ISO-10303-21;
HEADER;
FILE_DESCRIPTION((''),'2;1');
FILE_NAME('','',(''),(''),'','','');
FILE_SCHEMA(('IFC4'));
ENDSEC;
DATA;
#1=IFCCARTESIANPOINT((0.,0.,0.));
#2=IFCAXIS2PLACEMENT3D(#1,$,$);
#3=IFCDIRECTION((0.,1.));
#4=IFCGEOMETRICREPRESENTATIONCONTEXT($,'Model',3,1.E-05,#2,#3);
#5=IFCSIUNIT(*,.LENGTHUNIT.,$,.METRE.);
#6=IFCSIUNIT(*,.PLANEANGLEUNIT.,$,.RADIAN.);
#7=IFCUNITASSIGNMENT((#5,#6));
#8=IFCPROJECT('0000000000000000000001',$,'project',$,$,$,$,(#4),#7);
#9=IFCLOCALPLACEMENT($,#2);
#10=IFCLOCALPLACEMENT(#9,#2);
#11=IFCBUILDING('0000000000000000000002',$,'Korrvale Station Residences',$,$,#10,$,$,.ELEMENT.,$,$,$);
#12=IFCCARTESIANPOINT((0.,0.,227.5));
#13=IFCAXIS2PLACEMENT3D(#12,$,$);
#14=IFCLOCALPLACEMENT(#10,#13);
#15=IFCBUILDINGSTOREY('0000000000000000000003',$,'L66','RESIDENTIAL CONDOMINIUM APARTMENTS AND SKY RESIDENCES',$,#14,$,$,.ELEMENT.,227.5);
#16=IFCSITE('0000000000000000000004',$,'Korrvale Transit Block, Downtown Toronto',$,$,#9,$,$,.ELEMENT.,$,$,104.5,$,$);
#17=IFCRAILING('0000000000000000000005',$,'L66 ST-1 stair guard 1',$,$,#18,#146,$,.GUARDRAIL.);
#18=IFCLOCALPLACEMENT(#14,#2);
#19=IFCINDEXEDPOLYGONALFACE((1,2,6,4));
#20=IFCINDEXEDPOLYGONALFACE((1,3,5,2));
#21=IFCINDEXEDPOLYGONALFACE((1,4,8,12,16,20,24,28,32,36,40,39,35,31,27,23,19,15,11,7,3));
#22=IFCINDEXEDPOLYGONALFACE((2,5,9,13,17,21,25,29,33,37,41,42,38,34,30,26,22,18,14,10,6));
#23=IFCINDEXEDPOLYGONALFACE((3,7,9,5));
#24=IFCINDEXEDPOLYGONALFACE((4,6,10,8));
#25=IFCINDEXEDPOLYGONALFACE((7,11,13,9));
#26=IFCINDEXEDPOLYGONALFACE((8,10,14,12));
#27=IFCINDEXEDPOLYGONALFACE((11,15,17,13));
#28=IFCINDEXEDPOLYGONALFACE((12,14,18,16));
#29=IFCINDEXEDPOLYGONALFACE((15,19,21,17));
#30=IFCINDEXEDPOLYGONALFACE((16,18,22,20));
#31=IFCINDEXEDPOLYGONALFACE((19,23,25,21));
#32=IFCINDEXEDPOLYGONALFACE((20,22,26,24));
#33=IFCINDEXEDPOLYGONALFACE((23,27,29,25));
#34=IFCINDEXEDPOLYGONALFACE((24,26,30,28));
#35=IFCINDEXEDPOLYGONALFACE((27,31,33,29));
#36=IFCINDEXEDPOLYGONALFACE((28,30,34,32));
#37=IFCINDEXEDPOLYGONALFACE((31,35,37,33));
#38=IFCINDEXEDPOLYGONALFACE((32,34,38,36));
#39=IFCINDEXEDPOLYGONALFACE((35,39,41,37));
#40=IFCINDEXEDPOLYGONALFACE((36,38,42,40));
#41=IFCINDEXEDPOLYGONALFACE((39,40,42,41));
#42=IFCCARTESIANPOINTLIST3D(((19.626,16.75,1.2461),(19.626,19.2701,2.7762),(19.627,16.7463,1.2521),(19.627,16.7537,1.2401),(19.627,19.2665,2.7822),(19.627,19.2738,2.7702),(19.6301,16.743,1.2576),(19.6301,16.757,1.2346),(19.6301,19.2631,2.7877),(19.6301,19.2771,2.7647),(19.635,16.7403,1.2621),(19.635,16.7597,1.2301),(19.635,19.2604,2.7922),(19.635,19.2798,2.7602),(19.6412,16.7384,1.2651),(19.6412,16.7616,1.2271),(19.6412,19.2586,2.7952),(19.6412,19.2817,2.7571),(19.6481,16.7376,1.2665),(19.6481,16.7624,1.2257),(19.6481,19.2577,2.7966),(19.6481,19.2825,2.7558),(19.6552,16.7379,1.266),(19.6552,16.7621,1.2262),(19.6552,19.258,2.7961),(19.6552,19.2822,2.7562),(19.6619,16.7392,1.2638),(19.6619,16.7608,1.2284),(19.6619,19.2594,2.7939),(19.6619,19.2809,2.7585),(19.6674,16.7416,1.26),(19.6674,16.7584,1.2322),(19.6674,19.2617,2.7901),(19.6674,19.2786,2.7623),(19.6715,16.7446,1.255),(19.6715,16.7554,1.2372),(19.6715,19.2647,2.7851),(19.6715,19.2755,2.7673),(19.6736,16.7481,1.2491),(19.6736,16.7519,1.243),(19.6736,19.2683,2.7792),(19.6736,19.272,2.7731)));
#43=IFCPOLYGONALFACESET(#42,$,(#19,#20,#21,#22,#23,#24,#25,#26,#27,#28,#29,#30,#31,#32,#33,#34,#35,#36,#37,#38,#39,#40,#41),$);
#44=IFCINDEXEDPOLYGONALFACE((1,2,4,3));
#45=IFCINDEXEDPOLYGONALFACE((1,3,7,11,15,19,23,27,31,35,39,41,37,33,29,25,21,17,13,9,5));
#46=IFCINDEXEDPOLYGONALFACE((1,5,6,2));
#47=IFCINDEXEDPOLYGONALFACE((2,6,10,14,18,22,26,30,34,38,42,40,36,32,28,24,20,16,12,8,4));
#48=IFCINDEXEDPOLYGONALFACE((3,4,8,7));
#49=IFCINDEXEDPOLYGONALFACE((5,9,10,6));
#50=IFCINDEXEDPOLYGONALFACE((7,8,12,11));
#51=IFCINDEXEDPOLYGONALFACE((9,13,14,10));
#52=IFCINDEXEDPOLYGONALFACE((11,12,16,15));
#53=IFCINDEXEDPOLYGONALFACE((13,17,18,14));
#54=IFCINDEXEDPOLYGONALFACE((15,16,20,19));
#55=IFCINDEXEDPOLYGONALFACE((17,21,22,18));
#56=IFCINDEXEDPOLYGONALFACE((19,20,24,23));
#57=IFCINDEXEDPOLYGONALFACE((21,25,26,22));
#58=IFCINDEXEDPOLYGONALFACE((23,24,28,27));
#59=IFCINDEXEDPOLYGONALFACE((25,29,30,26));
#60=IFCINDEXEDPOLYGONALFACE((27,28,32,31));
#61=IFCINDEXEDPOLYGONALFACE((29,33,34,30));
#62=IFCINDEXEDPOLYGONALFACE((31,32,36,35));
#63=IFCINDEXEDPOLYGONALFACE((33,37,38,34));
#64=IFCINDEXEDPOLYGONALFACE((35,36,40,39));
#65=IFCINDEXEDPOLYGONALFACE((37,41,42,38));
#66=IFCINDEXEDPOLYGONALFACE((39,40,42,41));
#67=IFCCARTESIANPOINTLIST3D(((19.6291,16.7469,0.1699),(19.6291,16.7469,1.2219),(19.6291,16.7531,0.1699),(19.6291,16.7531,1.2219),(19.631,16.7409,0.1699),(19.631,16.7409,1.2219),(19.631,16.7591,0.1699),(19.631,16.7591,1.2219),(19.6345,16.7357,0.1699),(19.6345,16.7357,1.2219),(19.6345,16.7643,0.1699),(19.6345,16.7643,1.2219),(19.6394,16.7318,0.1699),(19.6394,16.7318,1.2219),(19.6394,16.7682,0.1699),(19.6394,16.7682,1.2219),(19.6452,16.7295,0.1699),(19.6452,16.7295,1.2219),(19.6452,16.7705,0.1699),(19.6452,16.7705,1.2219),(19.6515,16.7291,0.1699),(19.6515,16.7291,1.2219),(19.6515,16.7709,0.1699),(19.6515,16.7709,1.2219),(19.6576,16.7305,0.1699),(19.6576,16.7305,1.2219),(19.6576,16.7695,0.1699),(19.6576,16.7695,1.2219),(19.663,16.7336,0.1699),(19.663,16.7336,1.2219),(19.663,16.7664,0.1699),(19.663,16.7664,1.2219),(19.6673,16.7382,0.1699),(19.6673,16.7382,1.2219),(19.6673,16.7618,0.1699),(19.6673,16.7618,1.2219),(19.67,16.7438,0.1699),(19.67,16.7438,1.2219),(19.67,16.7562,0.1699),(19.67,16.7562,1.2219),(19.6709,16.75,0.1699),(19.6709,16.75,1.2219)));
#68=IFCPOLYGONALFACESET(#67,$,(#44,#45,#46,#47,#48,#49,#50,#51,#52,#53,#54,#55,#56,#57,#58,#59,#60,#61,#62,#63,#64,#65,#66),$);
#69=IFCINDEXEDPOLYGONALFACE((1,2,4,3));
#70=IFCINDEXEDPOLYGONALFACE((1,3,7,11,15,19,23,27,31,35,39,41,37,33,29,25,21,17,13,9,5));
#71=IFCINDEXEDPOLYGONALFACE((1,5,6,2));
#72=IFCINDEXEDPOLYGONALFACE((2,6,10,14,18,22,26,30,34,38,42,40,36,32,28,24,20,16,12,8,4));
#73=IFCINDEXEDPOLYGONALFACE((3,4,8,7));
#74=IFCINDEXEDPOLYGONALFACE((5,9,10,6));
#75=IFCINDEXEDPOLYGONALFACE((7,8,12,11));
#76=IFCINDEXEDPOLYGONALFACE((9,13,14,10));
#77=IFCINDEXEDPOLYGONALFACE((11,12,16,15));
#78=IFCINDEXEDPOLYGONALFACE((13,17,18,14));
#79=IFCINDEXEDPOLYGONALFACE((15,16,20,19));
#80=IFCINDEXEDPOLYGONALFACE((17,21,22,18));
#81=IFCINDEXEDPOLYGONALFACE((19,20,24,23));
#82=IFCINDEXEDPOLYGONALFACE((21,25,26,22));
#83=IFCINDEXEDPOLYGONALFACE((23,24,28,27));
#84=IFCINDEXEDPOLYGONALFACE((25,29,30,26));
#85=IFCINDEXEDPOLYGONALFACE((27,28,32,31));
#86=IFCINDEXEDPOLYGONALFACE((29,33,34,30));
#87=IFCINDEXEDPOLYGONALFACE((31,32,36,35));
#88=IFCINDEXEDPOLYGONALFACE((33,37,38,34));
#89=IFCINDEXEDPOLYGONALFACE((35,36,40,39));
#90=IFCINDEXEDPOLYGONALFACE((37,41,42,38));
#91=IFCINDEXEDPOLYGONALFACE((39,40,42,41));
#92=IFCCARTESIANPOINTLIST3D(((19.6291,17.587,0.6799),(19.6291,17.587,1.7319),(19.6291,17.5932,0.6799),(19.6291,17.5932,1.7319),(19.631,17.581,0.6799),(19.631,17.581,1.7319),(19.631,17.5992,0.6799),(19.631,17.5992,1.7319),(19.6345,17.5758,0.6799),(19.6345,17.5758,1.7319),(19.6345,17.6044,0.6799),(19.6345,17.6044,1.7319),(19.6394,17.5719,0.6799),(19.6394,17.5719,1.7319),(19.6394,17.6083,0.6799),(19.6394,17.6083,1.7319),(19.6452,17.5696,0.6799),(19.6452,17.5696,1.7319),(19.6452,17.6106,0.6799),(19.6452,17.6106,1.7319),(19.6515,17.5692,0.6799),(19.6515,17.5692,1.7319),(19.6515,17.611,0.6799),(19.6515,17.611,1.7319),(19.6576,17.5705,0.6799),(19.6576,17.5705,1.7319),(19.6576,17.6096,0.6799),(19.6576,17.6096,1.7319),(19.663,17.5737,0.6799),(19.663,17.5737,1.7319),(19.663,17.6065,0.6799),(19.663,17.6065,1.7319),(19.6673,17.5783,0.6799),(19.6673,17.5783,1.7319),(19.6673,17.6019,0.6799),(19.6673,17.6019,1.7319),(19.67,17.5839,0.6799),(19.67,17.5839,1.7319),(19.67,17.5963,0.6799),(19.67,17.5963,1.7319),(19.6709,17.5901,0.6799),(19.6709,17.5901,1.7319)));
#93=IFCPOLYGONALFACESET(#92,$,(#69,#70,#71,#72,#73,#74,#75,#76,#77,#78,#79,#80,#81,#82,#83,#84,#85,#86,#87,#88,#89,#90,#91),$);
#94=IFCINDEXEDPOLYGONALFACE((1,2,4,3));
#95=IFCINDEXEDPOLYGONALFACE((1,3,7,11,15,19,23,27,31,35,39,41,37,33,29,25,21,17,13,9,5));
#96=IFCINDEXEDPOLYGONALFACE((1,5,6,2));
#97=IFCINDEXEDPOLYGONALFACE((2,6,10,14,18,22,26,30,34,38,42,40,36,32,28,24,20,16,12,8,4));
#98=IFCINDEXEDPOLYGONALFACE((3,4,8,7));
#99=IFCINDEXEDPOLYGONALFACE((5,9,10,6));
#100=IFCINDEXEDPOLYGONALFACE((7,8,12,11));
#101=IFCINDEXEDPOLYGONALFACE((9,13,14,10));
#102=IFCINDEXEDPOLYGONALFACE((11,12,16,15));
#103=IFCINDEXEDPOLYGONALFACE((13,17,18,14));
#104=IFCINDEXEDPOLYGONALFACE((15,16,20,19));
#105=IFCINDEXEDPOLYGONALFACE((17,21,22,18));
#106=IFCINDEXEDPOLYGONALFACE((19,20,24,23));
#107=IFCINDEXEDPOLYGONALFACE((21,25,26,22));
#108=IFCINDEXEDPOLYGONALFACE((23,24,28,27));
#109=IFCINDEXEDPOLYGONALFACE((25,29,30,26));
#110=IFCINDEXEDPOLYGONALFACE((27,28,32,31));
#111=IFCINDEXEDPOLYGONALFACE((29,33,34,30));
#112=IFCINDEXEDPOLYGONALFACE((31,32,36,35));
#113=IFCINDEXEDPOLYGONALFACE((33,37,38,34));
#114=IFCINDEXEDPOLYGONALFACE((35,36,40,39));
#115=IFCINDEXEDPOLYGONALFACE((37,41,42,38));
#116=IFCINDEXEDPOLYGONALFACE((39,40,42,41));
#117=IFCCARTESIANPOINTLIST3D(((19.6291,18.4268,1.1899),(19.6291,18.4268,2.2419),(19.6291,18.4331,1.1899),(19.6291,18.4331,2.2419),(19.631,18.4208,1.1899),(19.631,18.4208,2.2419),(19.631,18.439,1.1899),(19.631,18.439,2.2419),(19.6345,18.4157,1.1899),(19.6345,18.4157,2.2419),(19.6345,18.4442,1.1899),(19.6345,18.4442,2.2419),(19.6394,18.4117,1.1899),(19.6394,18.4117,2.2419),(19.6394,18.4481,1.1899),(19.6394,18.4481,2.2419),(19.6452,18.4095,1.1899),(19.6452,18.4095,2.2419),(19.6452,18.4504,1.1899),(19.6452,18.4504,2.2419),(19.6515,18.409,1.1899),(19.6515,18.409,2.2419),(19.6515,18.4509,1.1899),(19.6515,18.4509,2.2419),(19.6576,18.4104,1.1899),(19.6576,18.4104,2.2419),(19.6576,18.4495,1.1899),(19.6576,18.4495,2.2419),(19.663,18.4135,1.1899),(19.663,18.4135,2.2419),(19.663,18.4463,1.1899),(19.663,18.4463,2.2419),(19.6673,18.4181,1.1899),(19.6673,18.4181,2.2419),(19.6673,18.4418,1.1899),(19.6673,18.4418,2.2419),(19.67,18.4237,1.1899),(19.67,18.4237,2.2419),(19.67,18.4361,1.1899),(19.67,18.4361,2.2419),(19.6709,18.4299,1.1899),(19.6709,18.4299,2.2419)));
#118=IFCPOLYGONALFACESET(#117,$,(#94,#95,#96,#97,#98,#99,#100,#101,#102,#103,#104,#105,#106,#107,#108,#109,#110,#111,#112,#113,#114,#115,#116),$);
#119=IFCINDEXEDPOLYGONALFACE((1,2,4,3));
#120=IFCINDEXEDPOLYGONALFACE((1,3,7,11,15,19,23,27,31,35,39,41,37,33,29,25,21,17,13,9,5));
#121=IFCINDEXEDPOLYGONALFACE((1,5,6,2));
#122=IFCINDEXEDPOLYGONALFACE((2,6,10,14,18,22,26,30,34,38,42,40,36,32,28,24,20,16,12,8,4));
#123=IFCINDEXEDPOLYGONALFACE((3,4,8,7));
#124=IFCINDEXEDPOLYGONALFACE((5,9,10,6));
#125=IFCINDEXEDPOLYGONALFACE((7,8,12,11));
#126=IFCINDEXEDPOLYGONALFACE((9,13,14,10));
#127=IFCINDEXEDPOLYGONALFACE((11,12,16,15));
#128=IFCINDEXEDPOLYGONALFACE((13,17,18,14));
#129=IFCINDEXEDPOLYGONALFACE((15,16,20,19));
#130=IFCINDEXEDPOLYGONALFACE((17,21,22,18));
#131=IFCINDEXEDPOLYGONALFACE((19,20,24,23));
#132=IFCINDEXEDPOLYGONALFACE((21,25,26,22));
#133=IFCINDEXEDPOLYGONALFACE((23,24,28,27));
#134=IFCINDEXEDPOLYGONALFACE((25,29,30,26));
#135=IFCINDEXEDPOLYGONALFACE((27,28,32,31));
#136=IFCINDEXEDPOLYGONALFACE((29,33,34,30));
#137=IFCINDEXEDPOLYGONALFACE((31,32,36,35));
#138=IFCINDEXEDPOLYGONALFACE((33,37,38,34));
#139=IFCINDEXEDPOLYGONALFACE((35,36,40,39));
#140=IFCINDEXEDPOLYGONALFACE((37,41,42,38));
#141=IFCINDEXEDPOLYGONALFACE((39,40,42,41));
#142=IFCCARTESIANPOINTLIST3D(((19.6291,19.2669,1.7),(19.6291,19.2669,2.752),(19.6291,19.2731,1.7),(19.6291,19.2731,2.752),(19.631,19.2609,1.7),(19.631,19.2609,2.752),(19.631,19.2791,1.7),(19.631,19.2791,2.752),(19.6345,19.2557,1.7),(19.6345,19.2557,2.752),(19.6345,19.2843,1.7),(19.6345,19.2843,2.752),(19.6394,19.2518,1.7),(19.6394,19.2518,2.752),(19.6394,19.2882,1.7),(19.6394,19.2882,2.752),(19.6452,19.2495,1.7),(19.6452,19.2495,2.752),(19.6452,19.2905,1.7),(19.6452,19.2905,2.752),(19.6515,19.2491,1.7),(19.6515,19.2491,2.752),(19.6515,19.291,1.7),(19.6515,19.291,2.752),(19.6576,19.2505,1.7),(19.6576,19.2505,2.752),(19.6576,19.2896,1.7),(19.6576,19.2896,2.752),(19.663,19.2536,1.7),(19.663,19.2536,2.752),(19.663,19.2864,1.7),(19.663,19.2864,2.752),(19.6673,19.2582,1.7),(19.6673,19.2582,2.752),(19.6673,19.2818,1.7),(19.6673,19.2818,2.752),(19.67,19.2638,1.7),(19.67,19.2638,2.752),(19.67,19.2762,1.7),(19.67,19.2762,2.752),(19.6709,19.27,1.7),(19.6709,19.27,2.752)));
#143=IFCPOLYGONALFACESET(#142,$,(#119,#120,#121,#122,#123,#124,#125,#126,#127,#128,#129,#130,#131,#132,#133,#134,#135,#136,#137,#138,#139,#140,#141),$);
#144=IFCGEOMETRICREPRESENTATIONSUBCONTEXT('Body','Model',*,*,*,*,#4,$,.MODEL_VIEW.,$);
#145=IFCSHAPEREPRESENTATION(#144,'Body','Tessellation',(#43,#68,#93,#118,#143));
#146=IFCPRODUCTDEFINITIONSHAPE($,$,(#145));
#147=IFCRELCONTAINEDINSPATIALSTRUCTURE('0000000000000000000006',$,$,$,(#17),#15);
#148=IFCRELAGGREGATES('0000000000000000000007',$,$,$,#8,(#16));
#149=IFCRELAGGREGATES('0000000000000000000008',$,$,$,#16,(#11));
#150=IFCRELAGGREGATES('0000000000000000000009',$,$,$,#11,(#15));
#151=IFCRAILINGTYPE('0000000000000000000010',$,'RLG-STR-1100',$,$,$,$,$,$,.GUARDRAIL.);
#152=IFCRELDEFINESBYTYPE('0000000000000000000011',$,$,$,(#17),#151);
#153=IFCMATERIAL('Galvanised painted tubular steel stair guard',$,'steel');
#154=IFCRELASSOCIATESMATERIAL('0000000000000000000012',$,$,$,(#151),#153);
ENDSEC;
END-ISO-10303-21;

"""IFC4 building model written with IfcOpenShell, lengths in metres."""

from ifc_helpers import new_model, si_unit, direction, frame, origin, origin_2d, place, context, subcontext, project, spatial, circle, extrude, material, type_object, element, save


model = new_model("IFC4")

# Units and contexts
model_context = context("Model", 3, precision=1e-05, world=origin(), true_north=direction((0.0, 1.0)))
body_context = subcontext(model_context, "Body", "Model", "MODEL_VIEW")
ifc_project = project(units=[si_unit("LENGTHUNIT", "METRE"), si_unit("PLANEANGLEUNIT", "RADIAN")], contexts=[model_context])

# Site, building, storey
site_placement = place(None, origin())
site = spatial("IfcSite", under=ifc_project, at=site_placement, Name="Korrvale Transit Block, Downtown Toronto", CompositionType="ELEMENT", RefElevation=104.5)
building_placement = place(site_placement, origin())
building = spatial("IfcBuilding", under=site, at=building_placement, Name="Korrvale Station Residences", CompositionType="ELEMENT")
storey_placement = place(building_placement, frame((0.0, 0.0, 227.5)))
storey = spatial("IfcBuildingStorey", under=building, at=storey_placement, Name="L66", Description="RESIDENTIAL CONDOMINIUM APARTMENTS AND SKY RESIDENCES", CompositionType="ELEMENT", Elevation=227.5)

# Railing
ifc_material_1 = material(Name="Galvanised painted tubular steel stair guard", Category="steel")
railing_type_1 = type_object("IfcRailingType", Name="RLG-STR-1100", PredefinedType="GUARDRAIL", material=ifc_material_1)
railing_1_placement = place(storey_placement, frame((19.6499, 16.75, 0.1699)))
element("IfcRailing", 1, at=railing_1_placement, inside=storey, type_object=railing_type_1, Name="L66 ST-1 stair guard 1", PredefinedType="GUARDRAIL", context=body_context, shape_type="SweptSolid", body=[
    extrude(circle(Radius=0.0239, at=origin_2d()), frame((0.0, 0.0, 1.0762), z_axis=(0.0, 0.854785, 0.518982), x_axis=(-1.0, 0.0, 0.0)), (0.0, 0.0, 1.0), 2.9482),
    extrude(circle(Radius=0.021, at=origin_2d()), origin(), (0.0, 0.0, 1.0), 1.052),
    extrude(circle(Radius=0.021, at=origin_2d()), frame((0.0, 0.8401, 0.51)), (0.0, 0.0, 1.0), 1.052),
    extrude(circle(Radius=0.021, at=origin_2d()), frame((0.0, 1.6799, 1.02)), (0.0, 0.0, 1.0), 1.052),
    extrude(circle(Radius=0.021, at=origin_2d()), frame((0.0, 2.52, 1.53)), (0.0, 0.0, 1.0), 1.052),
])

save(model, "model.ifc")
